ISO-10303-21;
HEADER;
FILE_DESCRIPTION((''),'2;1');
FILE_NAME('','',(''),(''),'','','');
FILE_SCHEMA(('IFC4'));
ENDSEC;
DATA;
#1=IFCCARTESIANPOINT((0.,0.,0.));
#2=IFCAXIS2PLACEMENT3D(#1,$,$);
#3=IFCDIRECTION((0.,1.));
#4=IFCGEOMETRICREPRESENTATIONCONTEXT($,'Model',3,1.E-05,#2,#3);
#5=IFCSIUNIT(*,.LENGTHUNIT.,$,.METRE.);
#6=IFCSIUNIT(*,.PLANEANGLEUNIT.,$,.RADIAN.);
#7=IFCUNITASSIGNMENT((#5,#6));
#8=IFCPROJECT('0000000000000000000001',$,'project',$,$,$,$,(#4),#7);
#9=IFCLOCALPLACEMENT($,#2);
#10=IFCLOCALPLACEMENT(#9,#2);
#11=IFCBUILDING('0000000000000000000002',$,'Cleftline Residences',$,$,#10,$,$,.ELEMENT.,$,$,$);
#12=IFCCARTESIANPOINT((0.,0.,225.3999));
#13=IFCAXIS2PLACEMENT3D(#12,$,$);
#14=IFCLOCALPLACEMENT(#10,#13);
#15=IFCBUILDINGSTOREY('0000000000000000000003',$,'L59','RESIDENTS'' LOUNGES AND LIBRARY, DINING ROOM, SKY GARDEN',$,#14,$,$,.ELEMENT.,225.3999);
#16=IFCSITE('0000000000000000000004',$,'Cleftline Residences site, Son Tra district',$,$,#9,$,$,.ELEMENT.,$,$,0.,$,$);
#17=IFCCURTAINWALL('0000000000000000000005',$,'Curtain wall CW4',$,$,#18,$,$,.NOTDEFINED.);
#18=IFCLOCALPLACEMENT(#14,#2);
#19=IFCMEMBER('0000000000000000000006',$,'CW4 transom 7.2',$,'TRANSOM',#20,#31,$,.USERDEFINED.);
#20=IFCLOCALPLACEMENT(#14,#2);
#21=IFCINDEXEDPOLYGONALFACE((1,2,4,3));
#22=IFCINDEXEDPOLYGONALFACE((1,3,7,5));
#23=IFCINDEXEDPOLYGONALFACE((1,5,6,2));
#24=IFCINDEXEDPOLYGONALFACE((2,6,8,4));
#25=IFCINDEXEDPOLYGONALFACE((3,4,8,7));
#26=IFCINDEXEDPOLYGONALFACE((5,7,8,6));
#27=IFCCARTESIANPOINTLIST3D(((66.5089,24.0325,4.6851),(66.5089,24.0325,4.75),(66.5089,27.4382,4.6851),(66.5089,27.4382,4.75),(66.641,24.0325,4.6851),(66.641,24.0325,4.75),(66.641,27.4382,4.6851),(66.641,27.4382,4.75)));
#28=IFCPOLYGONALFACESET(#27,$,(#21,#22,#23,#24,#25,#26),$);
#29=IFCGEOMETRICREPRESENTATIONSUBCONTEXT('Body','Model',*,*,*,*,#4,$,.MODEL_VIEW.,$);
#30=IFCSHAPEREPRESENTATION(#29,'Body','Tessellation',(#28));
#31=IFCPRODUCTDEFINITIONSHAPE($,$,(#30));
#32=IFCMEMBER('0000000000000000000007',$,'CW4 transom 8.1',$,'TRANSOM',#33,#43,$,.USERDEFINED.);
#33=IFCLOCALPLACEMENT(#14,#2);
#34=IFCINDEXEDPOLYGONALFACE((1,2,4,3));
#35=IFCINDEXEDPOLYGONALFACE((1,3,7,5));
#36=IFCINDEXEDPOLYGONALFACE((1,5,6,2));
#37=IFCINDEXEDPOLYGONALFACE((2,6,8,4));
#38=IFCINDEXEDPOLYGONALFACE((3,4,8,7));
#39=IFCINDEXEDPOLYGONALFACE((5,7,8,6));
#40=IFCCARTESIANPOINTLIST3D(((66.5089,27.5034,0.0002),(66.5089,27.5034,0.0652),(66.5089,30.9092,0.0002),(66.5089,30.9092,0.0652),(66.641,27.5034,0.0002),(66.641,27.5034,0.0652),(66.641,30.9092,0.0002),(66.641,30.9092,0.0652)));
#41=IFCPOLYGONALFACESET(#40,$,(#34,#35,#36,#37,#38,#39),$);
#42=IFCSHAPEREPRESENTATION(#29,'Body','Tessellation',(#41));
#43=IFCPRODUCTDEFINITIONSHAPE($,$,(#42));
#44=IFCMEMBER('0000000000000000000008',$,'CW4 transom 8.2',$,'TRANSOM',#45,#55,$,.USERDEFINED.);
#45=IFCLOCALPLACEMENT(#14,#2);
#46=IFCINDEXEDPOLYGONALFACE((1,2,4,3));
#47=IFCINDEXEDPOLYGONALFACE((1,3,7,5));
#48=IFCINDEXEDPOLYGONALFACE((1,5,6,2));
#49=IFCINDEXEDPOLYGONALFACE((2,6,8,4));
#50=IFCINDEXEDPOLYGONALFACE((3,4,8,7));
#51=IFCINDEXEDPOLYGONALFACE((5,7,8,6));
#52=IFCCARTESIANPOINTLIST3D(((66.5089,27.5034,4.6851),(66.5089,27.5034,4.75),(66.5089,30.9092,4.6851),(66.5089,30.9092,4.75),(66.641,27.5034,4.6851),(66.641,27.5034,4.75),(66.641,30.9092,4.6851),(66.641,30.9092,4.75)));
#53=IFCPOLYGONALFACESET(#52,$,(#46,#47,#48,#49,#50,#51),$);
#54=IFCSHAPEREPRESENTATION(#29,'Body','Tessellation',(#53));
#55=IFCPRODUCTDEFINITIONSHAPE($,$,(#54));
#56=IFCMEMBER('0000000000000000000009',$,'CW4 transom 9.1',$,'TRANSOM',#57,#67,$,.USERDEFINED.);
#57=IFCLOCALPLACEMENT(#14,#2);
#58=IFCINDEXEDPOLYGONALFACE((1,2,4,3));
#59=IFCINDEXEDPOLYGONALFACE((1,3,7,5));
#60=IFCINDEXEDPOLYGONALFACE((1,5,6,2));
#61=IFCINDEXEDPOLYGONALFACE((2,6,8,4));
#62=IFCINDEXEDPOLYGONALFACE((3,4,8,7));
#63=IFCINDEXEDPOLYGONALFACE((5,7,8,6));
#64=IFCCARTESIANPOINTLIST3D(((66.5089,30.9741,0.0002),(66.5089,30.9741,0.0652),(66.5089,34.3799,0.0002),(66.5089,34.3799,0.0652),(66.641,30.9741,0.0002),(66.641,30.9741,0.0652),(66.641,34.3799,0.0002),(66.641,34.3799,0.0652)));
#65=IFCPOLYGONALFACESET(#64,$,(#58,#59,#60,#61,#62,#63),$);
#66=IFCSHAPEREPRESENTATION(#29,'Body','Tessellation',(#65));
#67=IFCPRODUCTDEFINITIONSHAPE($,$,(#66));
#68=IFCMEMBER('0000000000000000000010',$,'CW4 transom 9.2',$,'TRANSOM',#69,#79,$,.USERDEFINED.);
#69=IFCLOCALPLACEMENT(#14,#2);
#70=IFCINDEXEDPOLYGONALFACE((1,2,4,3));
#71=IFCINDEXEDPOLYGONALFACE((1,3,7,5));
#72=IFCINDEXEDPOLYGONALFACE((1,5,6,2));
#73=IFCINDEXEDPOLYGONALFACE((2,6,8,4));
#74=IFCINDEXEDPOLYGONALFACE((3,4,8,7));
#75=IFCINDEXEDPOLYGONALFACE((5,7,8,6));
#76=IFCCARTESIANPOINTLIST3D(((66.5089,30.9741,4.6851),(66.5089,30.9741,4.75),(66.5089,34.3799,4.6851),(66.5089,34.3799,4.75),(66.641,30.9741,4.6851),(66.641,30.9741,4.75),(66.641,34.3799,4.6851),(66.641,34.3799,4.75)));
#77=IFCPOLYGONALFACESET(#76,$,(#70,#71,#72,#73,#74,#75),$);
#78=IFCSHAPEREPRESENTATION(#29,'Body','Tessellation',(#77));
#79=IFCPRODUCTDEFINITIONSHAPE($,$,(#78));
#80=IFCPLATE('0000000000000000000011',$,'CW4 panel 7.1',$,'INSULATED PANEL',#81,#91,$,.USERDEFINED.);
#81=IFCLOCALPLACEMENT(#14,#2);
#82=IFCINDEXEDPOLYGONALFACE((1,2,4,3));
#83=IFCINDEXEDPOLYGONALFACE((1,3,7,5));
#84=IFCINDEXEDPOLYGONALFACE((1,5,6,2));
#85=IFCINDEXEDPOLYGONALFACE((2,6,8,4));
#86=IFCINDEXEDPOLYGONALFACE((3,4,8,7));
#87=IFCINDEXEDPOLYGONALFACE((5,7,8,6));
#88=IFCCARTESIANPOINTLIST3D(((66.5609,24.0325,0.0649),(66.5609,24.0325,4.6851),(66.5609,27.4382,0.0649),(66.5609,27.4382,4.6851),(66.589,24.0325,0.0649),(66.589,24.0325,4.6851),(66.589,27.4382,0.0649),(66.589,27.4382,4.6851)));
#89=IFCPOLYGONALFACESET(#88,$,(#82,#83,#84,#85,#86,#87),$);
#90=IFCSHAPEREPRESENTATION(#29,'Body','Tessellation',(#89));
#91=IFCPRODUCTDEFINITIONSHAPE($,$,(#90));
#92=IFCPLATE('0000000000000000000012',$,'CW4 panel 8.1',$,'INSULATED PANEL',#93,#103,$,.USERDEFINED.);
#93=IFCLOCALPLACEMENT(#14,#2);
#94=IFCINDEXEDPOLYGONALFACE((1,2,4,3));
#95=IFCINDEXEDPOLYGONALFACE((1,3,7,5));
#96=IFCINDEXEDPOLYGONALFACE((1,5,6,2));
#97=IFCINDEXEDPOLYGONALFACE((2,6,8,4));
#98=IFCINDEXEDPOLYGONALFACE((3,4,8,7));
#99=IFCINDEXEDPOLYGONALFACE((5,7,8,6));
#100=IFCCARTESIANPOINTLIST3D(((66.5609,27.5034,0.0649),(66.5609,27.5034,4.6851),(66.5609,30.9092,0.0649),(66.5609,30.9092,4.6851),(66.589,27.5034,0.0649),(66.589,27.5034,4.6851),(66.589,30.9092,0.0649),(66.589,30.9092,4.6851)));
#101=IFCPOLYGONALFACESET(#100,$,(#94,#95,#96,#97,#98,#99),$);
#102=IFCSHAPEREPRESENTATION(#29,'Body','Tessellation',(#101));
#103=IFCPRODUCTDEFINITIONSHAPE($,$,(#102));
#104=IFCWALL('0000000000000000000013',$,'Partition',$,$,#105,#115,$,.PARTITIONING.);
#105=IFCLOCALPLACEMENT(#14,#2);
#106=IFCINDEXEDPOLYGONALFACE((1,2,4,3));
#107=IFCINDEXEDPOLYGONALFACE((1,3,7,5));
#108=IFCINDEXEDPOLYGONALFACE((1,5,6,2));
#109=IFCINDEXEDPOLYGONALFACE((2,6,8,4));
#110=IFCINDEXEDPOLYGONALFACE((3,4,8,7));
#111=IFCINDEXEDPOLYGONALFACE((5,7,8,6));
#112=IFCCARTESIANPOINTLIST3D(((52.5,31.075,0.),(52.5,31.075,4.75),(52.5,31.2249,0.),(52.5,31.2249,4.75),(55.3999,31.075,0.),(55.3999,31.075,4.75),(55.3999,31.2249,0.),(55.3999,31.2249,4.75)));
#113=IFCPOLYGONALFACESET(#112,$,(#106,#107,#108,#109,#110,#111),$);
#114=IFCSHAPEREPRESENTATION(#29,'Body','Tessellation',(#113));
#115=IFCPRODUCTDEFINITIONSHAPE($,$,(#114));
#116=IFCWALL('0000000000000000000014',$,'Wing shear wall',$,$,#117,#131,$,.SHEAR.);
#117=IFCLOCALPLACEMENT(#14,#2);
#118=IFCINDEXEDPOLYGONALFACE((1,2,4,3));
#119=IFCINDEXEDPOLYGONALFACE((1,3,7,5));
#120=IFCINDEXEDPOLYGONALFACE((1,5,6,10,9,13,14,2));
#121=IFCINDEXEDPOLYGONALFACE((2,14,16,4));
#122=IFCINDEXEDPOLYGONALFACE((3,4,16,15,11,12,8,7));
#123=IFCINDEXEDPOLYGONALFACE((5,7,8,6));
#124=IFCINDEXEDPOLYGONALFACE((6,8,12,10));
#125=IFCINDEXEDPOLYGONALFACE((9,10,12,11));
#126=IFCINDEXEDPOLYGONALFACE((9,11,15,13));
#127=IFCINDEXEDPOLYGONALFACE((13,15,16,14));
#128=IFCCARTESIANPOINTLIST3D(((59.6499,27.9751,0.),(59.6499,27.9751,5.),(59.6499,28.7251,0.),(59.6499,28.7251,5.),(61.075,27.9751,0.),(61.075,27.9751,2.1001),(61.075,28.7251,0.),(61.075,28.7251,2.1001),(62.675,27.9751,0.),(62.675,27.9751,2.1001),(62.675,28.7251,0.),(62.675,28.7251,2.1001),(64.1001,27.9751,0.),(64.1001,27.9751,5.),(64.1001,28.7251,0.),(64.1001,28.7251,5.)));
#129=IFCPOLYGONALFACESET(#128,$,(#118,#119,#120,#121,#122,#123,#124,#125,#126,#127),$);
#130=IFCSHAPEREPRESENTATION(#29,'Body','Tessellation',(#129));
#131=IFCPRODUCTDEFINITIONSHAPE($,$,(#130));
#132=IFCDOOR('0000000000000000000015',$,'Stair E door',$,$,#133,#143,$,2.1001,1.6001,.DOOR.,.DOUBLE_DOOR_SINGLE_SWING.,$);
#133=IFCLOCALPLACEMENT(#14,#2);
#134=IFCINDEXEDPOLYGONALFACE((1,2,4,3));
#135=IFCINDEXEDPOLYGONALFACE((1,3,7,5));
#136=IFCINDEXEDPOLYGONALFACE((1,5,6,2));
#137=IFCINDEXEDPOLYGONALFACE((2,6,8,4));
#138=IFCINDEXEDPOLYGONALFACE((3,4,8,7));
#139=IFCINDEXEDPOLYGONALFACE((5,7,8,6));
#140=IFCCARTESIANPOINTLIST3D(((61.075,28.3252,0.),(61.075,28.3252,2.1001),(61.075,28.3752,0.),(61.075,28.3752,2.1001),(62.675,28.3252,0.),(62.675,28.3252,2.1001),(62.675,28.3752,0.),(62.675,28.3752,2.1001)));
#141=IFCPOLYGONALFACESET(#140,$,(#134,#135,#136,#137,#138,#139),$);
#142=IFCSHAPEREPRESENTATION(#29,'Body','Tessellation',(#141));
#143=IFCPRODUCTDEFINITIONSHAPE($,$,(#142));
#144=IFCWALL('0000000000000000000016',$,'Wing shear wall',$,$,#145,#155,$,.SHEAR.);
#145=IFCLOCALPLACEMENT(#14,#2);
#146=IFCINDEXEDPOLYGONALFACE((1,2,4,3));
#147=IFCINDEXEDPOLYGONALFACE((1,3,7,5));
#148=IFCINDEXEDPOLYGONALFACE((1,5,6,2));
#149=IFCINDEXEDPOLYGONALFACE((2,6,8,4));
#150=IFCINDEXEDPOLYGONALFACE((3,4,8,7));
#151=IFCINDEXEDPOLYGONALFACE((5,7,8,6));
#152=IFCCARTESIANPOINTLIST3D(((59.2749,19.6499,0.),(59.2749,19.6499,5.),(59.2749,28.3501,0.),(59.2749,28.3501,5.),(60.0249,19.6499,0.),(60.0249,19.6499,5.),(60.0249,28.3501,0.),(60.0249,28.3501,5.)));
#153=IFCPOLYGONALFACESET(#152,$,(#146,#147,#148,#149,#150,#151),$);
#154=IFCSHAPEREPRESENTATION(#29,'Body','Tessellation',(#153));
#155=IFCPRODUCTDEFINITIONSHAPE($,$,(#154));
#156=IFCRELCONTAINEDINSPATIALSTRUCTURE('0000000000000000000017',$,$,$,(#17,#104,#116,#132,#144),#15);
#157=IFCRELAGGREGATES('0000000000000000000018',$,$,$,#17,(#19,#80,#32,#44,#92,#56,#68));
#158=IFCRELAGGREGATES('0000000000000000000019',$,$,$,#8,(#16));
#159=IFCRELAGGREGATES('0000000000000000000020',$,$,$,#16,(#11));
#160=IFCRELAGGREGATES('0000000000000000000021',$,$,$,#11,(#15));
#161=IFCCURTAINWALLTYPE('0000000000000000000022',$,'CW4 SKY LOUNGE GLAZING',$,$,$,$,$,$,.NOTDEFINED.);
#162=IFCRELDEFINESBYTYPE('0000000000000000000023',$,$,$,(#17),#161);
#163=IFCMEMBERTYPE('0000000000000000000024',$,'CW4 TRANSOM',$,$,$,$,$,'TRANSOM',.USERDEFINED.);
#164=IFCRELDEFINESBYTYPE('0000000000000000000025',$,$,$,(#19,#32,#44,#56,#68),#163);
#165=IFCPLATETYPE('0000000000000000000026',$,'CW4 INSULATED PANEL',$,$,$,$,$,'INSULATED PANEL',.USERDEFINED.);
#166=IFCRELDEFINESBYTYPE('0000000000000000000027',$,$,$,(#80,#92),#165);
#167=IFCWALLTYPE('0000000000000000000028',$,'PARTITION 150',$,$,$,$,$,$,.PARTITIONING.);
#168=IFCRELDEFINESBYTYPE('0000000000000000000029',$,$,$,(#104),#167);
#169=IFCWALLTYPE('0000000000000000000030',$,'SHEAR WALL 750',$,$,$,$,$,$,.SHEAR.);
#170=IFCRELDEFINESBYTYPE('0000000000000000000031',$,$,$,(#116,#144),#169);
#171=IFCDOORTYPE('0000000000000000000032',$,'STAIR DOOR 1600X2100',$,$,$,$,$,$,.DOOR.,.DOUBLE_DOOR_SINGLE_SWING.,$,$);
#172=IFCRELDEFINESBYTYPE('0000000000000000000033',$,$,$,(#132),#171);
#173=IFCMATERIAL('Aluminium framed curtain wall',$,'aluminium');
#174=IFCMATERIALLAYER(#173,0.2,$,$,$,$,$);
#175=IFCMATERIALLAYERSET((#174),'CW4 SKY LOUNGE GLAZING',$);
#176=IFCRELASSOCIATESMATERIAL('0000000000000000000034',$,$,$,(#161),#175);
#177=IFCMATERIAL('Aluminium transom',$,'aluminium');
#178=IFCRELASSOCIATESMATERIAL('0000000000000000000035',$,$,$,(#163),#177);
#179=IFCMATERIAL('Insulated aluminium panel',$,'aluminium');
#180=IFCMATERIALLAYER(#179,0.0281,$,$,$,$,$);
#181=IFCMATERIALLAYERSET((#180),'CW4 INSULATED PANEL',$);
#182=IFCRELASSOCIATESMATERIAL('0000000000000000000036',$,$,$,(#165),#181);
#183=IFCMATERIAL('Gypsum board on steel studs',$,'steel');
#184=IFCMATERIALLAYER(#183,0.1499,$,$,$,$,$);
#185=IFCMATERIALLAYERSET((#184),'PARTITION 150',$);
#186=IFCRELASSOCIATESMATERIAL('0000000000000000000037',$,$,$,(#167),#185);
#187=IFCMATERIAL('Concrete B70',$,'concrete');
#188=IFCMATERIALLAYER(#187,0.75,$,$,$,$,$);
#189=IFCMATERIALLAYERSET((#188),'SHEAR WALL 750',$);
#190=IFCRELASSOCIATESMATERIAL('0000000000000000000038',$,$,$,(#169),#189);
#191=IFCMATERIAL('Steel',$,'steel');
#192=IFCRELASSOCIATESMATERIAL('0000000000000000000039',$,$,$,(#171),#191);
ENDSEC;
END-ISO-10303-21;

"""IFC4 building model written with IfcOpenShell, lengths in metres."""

from ifc_helpers import new_model, si_unit, direction, frame, frame_2d, origin, origin_2d, place, context, subcontext, project, spatial, rectangle, extrude, material, layer, layer_set, material_profile, profile_set, type_object, element, fill, aggregate, save


model = new_model("IFC4")

# Units and contexts
model_context = context("Model", 3, precision=1e-05, world=origin(), true_north=direction((0.0, 1.0)))
body_context = subcontext(model_context, "Body", "Model", "MODEL_VIEW")
ifc_project = project(units=[si_unit("LENGTHUNIT", "METRE"), si_unit("PLANEANGLEUNIT", "RADIAN")], contexts=[model_context])

# Site, building, storey
site_placement = place(None, origin())
site = spatial("IfcSite", under=ifc_project, at=site_placement, Name="Cleftline Residences site, Son Tra district", CompositionType="ELEMENT", RefElevation=0.0)
building_placement = place(site_placement, origin())
building = spatial("IfcBuilding", under=site, at=building_placement, Name="Cleftline Residences", CompositionType="ELEMENT")
storey_placement = place(building_placement, frame((0.0, 0.0, 225.3999)))
storey = spatial("IfcBuildingStorey", under=building, at=storey_placement, Name="L59", Description="RESIDENTS' LOUNGES AND LIBRARY, DINING ROOM, SKY GARDEN", CompositionType="ELEMENT", Elevation=225.3999)

# Curtain wall, members, plates
ifc_material_1 = material(Name="Aluminium framed curtain wall", Category="aluminium")
ifc_layer_1 = layer(ifc_material_1, 0.2)
ifc_layer_set_1 = layer_set([ifc_layer_1], Name="CW4 SKY LOUNGE GLAZING")
curtain_wall_type = type_object("IfcCurtainWallType", Name="CW4 SKY LOUNGE GLAZING", PredefinedType="NOTDEFINED", material=ifc_layer_set_1)
curtain_wall_placement = place(storey_placement, origin())
curtain_wall = element("IfcCurtainWall", 1, at=curtain_wall_placement, inside=storey, type_object=curtain_wall_type, Name="Curtain wall CW4", PredefinedType="NOTDEFINED")
ifc_material_2 = material(Name="Aluminium transom", Category="aluminium")
ifc_material_profile_1 = material_profile(ifc_material_2, rectangle(XDim=0.1321, YDim=0.0649, at=origin_2d()))
ifc_profile_set_1 = profile_set([ifc_material_profile_1], Name="Aluminium transom")
member_type_1 = type_object("IfcMemberType", Name="CW4 TRANSOM", ElementType="TRANSOM", PredefinedType="USERDEFINED", material=ifc_profile_set_1)
member_1_placement = place(storey_placement, frame((66.575, 24.0325, 4.7175), z_axis=(0.0, 1.0, 0.0), x_axis=(-1.0, 0.0, 0.0)))
member_1 = element("IfcMember", 2, at=member_1_placement, type_object=member_type_1, Name="CW4 transom 7.2", ObjectType="TRANSOM", PredefinedType="USERDEFINED", context=body_context, shape_type="SweptSolid", body=[
    extrude(rectangle(XDim=0.1321, YDim=0.0649, at=origin_2d()), origin(), (0.0, 0.0, 1.0), 3.4058),
])
member_2_placement = place(storey_placement, frame((66.575, 27.5034, 0.0327), z_axis=(0.0, 1.0, 0.0), x_axis=(-1.0, 0.0, 0.0)))
member_2 = element("IfcMember", 3, at=member_2_placement, type_object=member_type_1, Name="CW4 transom 8.1", ObjectType="TRANSOM", PredefinedType="USERDEFINED", context=body_context, shape_type="SweptSolid", body=[
    extrude(rectangle(XDim=0.1321, YDim=0.0649, at=origin_2d()), origin(), (0.0, 0.0, 1.0), 3.4058),
])
member_3_placement = place(storey_placement, frame((66.575, 27.5034, 4.7175), z_axis=(0.0, 1.0, 0.0), x_axis=(-1.0, 0.0, 0.0)))
member_3 = element("IfcMember", 4, at=member_3_placement, type_object=member_type_1, Name="CW4 transom 8.2", ObjectType="TRANSOM", PredefinedType="USERDEFINED", context=body_context, shape_type="SweptSolid", body=[
    extrude(rectangle(XDim=0.1321, YDim=0.0649, at=origin_2d()), origin(), (0.0, 0.0, 1.0), 3.4058),
])
member_4_placement = place(storey_placement, frame((66.575, 30.9741, 0.0327), z_axis=(0.0, 1.0, 0.0), x_axis=(-1.0, 0.0, 0.0)))
member_4 = element("IfcMember", 5, at=member_4_placement, type_object=member_type_1, Name="CW4 transom 9.1", ObjectType="TRANSOM", PredefinedType="USERDEFINED", context=body_context, shape_type="SweptSolid", body=[
    extrude(rectangle(XDim=0.1321, YDim=0.0649, at=origin_2d()), origin(), (0.0, 0.0, 1.0), 3.4058),
])
member_5_placement = place(storey_placement, frame((66.575, 30.9741, 4.7175), z_axis=(0.0, 1.0, 0.0), x_axis=(-1.0, 0.0, 0.0)))
member_5 = element("IfcMember", 6, at=member_5_placement, type_object=member_type_1, Name="CW4 transom 9.2", ObjectType="TRANSOM", PredefinedType="USERDEFINED", context=body_context, shape_type="SweptSolid", body=[
    extrude(rectangle(XDim=0.1321, YDim=0.0649, at=origin_2d()), origin(), (0.0, 0.0, 1.0), 3.4058),
])
ifc_material_3 = material(Name="Insulated aluminium panel", Category="aluminium")
ifc_layer_2 = layer(ifc_material_3, 0.0281)
ifc_layer_set_2 = layer_set([ifc_layer_2], Name="CW4 INSULATED PANEL")
plate_type = type_object("IfcPlateType", Name="CW4 INSULATED PANEL", ElementType="INSULATED PANEL", PredefinedType="USERDEFINED", material=ifc_layer_set_2)
plate_1_placement = place(storey_placement, frame((66.575, 25.7354, 0.0649), z_axis=(0.0, 0.0, 1.0), x_axis=(0.0, 1.0, 0.0)))
plate_1 = element("IfcPlate", 7, at=plate_1_placement, type_object=plate_type, Name="CW4 panel 7.1", ObjectType="INSULATED PANEL", PredefinedType="USERDEFINED", context=body_context, shape_type="SweptSolid", body=[
    extrude(rectangle(XDim=3.4058, YDim=0.0281, at=origin_2d()), origin(), (0.0, 0.0, 1.0), 4.6201),
])
plate_2_placement = place(storey_placement, frame((66.575, 29.2063, 0.0649), z_axis=(0.0, 0.0, 1.0), x_axis=(0.0, 1.0, 0.0)))
plate_2 = element("IfcPlate", 8, at=plate_2_placement, type_object=plate_type, Name="CW4 panel 8.1", ObjectType="INSULATED PANEL", PredefinedType="USERDEFINED", context=body_context, shape_type="SweptSolid", body=[
    extrude(rectangle(XDim=3.4058, YDim=0.0281, at=origin_2d()), origin(), (0.0, 0.0, 1.0), 4.6201),
])
aggregate(curtain_wall, [member_1, plate_1, member_2, member_3, plate_2, member_4, member_5])

# Wall
ifc_material_4 = material(Name="Gypsum board on steel studs", Category="steel")
ifc_layer_3 = layer(ifc_material_4, 0.1499)
ifc_layer_set_3 = layer_set([ifc_layer_3], Name="PARTITION 150")
wall_type_1 = type_object("IfcWallType", Name="PARTITION 150", PredefinedType="PARTITIONING", material=ifc_layer_set_3)
wall_1_placement = place(storey_placement, frame((52.5, 31.1499, 0.0), z_axis=(0.0, 0.0, 1.0), x_axis=(1.0, 0.0, 0.0)))
element("IfcWall", 9, at=wall_1_placement, inside=storey, type_object=wall_type_1, Name="Partition", PredefinedType="PARTITIONING", context=body_context, shape_type="SweptSolid", body=[
    extrude(rectangle(XDim=2.8999, YDim=0.1499, at=frame_2d((1.45, 0.0))), origin(), (0.0, 0.0, 1.0), 4.75),
])

# Wall, opening, door
ifc_material_5 = material(Name="Concrete B70", Category="concrete")
ifc_layer_4 = layer(ifc_material_5, 0.75)
ifc_layer_set_4 = layer_set([ifc_layer_4], Name="SHEAR WALL 750")
wall_type_2 = type_object("IfcWallType", Name="SHEAR WALL 750", PredefinedType="SHEAR", material=ifc_layer_set_4)
wall_2_placement = place(storey_placement, frame((64.1001, 28.3501, 0.0), z_axis=(0.0, 0.0, 1.0), x_axis=(-1.0, 0.0, 0.0)))
wall_2 = element("IfcWall", 10, at=wall_2_placement, inside=storey, type_object=wall_type_2, Name="Wing shear wall", PredefinedType="SHEAR", context=body_context, shape_type="SweptSolid", body=[
    extrude(rectangle(XDim=4.4502, YDim=0.75, at=frame_2d((2.2251, 0.0))), origin(), (0.0, 0.0, 1.0), 5.0),
])
opening_placement = place(wall_2_placement, frame((1.425, 0.0, 0.0)))
opening = element("IfcOpeningElement", 11, at=opening_placement, cuts=wall_2, PredefinedType="OPENING", context=body_context, shape_type="SweptSolid", body=[
    extrude(rectangle(XDim=1.6001, YDim=2.1001, at=frame_2d((0.8, 1.05))), frame((0.0, 0.385, 0.0), z_axis=(0.0, -1.0, 0.0), x_axis=(1.0, 0.0, 0.0)), (0.0, 0.0, 1.0), 0.77),
])
ifc_material_6 = material(Name="Steel", Category="steel")
door_type = type_object("IfcDoorType", Name="STAIR DOOR 1600X2100", OperationType="DOUBLE_DOOR_SINGLE_SWING", PredefinedType="DOOR", material=ifc_material_6)
door_placement = place(opening_placement, origin())
door = element("IfcDoor", 12, at=door_placement, inside=storey, type_object=door_type, Name="Stair E door", OperationType="DOUBLE_DOOR_SINGLE_SWING", OverallHeight=2.1001, OverallWidth=1.6001, PredefinedType="DOOR", context=body_context, shape_type="SweptSolid", body=[
    extrude(rectangle(XDim=1.6001, YDim=2.1001, at=frame_2d((0.8, 1.05))), frame((0.0, 0.0249, 0.0), z_axis=(0.0, -1.0, 0.0), x_axis=(1.0, 0.0, 0.0)), (0.0, 0.0, 1.0), 0.05),
])
fill(opening, door)

# Wall
wall_3_placement = place(storey_placement, frame((59.6499, 28.3501, 0.0), z_axis=(0.0, 0.0, 1.0), x_axis=(0.0, -1.0, 0.0)))
element("IfcWall", 13, at=wall_3_placement, inside=storey, type_object=wall_type_2, Name="Wing shear wall", PredefinedType="SHEAR", context=body_context, shape_type="SweptSolid", body=[
    extrude(rectangle(XDim=8.7002, YDim=0.75, at=frame_2d((4.3501, 0.0))), origin(), (0.0, 0.0, 1.0), 5.0),
])

save(model, "model.ifc")
